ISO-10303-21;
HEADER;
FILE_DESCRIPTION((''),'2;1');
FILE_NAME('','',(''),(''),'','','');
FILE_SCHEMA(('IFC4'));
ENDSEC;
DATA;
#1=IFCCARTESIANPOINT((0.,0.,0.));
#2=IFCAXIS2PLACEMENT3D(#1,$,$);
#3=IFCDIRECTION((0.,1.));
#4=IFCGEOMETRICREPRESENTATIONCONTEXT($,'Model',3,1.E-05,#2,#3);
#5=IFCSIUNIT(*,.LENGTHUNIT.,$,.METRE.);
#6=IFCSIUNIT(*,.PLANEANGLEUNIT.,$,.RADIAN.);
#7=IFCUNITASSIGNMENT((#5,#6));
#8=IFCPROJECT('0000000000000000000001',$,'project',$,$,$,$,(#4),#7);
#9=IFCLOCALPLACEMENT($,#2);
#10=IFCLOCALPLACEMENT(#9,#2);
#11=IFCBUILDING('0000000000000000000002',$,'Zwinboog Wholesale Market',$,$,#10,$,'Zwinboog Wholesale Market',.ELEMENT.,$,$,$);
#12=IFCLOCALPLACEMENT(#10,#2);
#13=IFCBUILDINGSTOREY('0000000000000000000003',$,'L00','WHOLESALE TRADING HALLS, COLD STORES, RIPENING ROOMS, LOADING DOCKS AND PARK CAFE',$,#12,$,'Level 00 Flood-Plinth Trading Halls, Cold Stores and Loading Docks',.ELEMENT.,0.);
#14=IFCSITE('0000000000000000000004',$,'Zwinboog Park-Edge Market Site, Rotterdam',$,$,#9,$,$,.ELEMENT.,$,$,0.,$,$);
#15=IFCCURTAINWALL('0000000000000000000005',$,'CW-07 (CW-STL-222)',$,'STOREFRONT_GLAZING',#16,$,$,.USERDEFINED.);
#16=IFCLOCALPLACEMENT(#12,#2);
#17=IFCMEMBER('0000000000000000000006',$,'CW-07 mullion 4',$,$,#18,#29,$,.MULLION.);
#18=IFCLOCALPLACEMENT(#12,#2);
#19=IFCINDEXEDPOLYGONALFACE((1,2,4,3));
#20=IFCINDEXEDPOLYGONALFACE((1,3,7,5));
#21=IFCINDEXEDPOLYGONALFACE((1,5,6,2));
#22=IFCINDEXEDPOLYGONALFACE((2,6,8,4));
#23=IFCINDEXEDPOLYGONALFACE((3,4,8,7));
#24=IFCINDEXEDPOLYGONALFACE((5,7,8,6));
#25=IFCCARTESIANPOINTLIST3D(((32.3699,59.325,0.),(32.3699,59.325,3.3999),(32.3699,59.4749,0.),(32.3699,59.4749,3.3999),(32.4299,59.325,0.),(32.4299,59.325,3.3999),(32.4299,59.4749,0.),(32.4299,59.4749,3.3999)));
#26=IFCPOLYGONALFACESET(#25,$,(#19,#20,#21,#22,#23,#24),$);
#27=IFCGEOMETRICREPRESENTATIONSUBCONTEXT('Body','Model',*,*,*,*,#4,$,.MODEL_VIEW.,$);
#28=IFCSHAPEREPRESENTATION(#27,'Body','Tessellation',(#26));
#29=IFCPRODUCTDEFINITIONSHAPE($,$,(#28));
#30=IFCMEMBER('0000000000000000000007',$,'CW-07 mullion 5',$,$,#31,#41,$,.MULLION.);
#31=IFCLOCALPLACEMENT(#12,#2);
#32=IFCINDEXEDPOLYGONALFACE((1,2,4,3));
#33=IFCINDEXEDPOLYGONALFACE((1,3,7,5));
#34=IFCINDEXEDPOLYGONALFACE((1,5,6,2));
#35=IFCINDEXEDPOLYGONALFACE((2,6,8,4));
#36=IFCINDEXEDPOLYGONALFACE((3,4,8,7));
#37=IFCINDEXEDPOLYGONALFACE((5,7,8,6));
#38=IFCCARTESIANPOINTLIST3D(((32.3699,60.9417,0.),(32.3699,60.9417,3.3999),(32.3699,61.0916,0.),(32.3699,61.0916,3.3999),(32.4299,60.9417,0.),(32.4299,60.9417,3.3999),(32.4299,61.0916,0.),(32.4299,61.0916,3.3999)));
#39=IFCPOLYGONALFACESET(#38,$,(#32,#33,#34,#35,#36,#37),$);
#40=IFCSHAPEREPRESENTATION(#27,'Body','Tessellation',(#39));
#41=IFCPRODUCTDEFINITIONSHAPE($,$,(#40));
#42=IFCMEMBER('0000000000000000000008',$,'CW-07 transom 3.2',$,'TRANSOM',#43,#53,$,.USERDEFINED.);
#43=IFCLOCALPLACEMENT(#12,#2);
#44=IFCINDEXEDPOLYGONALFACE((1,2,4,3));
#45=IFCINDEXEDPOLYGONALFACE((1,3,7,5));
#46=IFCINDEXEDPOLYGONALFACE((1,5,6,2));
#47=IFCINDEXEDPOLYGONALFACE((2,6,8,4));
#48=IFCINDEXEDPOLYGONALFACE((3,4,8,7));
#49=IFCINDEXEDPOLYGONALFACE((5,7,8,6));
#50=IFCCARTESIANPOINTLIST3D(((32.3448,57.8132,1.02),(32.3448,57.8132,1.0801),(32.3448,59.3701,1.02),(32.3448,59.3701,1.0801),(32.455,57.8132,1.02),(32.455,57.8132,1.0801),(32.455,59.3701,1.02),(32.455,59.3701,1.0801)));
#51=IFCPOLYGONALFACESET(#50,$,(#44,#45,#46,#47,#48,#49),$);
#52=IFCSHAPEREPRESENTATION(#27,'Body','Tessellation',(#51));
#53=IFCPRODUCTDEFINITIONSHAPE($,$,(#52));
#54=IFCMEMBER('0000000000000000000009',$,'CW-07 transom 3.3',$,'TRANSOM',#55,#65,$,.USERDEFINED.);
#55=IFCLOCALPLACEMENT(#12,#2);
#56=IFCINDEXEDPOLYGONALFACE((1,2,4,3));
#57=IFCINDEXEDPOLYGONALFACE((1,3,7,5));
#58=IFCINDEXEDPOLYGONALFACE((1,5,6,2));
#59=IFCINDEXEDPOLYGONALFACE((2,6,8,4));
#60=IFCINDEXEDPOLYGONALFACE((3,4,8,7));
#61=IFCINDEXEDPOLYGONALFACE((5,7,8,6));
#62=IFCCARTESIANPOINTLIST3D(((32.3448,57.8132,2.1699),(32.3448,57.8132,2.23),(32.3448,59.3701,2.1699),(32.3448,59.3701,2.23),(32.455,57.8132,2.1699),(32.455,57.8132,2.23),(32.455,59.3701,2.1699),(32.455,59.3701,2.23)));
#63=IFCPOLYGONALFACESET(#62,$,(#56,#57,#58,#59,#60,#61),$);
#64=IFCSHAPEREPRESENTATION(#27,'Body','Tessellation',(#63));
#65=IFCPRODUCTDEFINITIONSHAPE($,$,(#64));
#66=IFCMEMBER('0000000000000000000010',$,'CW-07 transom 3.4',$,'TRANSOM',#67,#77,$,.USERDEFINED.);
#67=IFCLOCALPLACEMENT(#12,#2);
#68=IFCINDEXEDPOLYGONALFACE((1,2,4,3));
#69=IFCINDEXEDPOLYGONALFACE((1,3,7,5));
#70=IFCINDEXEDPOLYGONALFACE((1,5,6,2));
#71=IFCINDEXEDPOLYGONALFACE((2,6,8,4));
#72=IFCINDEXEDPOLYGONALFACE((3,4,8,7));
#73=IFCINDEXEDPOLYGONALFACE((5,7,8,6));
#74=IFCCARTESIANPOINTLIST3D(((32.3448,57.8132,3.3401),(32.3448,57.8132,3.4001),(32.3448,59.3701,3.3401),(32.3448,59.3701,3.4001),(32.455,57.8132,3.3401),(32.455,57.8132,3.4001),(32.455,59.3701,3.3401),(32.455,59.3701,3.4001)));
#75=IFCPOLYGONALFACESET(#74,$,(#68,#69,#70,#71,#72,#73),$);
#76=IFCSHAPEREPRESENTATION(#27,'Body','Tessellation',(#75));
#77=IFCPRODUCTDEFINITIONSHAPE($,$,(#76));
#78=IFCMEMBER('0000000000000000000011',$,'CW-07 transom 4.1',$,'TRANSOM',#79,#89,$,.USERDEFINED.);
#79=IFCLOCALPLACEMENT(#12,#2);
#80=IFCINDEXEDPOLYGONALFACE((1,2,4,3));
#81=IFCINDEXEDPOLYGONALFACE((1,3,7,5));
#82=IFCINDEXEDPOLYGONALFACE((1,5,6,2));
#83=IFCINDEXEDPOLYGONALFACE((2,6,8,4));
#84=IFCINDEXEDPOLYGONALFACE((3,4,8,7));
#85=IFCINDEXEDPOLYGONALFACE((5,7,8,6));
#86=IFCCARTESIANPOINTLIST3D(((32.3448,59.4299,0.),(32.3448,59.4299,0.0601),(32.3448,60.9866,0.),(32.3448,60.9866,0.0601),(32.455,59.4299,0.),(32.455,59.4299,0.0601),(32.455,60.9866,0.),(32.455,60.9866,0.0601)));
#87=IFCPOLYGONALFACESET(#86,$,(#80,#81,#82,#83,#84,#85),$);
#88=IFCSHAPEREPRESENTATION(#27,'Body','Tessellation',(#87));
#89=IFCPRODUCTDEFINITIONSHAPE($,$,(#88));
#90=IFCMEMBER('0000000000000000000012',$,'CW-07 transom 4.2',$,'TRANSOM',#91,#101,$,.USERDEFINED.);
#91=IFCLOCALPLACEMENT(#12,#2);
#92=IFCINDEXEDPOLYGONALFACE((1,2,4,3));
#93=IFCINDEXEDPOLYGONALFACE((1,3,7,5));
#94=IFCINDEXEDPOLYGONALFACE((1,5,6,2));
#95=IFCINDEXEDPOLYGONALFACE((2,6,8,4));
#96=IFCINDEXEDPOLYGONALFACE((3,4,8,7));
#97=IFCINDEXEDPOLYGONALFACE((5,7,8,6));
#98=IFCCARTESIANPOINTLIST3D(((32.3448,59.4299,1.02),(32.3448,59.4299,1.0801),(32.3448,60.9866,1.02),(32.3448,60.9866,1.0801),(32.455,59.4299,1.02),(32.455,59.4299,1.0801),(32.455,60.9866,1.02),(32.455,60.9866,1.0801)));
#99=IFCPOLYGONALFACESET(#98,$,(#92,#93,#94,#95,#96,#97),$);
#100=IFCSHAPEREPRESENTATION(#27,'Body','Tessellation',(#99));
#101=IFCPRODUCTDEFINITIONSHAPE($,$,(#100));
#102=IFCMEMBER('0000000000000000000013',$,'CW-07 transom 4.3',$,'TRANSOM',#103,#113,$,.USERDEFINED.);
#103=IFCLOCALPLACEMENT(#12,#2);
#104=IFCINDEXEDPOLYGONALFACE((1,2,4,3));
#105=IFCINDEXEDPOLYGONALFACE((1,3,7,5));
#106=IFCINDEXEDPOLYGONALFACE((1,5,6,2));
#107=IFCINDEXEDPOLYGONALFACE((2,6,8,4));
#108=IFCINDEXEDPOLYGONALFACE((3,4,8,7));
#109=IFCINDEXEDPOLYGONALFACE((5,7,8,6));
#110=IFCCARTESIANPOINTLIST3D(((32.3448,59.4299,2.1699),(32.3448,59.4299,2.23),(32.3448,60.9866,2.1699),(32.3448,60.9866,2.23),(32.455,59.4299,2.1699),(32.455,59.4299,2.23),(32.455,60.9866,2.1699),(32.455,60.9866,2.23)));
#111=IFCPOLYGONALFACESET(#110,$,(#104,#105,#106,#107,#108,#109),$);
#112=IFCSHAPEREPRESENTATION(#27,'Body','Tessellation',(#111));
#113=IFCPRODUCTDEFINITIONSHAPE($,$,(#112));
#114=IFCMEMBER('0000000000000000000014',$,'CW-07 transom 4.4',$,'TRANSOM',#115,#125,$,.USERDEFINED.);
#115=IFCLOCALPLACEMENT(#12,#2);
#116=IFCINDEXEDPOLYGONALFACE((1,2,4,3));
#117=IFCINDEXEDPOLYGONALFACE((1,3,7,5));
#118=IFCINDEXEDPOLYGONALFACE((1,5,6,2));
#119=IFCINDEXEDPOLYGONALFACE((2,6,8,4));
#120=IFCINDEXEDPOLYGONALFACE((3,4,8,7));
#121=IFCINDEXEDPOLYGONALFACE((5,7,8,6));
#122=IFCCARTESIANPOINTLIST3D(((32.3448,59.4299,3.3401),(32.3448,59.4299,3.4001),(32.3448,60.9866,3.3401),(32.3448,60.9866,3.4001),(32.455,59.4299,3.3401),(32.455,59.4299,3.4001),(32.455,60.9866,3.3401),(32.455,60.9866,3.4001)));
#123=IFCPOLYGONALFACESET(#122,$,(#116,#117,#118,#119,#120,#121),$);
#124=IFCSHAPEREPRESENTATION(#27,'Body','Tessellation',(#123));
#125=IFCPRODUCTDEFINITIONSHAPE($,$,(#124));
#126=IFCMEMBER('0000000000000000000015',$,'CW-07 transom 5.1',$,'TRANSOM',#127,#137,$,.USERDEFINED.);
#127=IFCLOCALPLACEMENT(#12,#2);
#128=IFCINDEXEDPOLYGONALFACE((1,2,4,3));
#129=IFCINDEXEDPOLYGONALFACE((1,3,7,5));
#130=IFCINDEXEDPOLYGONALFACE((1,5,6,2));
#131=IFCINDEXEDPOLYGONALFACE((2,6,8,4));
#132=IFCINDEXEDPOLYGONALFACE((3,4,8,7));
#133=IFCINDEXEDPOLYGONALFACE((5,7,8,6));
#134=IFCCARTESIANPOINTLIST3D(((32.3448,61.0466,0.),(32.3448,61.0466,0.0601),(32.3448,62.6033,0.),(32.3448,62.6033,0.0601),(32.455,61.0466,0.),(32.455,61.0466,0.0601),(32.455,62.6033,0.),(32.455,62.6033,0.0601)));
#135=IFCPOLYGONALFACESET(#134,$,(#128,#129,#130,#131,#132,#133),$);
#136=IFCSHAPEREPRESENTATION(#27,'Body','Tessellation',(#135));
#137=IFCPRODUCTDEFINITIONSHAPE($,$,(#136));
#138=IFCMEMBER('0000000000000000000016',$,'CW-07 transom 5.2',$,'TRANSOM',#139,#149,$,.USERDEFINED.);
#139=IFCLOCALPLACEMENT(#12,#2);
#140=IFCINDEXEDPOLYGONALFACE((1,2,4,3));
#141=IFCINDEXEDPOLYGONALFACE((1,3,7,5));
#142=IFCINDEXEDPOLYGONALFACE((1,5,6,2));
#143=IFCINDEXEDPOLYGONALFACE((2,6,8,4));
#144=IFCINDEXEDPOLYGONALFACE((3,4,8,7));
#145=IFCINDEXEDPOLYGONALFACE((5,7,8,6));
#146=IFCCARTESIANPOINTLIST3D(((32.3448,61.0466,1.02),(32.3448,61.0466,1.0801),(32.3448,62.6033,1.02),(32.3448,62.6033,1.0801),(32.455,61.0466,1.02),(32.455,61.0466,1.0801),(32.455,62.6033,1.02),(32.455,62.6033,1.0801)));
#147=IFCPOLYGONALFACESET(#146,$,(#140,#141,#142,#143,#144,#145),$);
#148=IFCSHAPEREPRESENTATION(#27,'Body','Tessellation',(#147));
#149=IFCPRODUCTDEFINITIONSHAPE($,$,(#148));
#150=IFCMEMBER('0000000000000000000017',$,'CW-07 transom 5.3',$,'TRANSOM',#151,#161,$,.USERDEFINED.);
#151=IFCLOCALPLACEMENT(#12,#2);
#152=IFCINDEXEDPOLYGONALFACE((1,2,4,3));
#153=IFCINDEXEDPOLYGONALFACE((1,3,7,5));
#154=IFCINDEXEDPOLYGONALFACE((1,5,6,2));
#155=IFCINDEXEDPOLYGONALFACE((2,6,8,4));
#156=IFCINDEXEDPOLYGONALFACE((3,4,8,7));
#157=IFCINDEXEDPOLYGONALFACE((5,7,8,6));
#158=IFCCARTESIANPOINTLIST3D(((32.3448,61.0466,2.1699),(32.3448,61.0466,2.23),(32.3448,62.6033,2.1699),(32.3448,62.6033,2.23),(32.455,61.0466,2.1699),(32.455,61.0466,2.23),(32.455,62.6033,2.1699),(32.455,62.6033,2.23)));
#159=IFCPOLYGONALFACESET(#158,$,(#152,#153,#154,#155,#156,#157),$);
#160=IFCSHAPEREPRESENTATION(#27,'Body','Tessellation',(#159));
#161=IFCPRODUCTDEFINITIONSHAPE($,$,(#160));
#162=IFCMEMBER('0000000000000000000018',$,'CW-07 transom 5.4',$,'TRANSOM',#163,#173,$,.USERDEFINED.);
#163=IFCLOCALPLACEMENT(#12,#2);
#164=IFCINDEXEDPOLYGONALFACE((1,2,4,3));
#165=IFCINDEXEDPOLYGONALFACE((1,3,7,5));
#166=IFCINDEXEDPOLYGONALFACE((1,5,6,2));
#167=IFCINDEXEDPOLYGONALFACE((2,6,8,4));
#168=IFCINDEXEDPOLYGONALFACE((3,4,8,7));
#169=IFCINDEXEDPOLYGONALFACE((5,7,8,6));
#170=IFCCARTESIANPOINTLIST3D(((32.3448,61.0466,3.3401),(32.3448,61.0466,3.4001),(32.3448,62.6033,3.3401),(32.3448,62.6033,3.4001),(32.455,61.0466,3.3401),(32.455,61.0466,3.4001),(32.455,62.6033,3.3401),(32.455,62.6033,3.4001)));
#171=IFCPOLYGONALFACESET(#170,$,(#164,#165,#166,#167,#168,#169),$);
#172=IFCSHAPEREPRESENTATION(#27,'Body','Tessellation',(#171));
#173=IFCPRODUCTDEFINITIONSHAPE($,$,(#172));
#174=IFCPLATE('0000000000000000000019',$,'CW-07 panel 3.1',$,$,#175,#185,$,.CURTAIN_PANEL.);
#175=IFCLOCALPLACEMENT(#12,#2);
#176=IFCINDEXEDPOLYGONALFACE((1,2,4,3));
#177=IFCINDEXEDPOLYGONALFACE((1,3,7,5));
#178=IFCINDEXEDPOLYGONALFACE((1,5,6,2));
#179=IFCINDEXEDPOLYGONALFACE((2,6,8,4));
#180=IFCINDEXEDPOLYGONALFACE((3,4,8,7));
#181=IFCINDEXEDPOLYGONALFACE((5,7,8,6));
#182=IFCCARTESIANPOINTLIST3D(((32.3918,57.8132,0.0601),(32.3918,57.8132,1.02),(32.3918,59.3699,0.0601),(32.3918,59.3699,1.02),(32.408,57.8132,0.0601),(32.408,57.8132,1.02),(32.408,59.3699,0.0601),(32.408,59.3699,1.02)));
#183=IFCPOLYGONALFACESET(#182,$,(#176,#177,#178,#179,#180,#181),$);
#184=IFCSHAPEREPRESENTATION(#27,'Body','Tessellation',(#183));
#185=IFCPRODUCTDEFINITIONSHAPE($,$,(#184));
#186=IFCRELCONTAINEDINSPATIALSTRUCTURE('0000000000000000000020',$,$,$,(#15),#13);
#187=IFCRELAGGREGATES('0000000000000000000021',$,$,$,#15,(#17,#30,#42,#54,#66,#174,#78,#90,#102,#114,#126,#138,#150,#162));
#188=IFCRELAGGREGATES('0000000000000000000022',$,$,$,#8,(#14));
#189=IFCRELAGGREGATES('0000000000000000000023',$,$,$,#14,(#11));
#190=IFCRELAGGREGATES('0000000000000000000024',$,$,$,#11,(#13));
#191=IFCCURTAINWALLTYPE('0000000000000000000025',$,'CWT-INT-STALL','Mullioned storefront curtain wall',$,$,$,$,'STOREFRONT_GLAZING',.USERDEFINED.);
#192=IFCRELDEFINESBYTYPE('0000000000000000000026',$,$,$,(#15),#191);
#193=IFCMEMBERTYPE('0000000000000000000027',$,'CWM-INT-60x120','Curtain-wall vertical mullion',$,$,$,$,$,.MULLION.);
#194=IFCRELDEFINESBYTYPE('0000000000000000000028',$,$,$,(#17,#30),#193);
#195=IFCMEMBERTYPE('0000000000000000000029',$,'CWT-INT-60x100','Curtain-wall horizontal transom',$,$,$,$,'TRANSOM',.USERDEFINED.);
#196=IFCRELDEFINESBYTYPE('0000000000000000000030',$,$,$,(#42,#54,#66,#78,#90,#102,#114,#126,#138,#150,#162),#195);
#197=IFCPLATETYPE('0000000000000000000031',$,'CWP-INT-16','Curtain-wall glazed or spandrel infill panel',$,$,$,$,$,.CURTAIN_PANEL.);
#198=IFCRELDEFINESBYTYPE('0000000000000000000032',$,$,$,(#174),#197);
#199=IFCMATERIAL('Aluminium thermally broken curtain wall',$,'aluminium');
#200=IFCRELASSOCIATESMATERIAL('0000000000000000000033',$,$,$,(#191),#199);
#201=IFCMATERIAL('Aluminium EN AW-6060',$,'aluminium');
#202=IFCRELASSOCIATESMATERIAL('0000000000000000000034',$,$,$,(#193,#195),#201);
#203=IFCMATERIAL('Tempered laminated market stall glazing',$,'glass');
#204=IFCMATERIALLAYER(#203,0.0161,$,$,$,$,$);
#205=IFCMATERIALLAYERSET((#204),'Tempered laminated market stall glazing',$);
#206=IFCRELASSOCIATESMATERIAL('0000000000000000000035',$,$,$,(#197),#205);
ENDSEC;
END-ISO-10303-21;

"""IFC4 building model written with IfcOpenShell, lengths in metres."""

from ifc_helpers import new_model, si_unit, direction, frame, origin, origin_2d, place, context, subcontext, project, spatial, rectangle, extrude, material, layer, layer_set, material_profile, profile_set, type_object, element, aggregate, save


model = new_model("IFC4")

# Units and contexts
model_context = context("Model", 3, precision=1e-05, world=origin(), true_north=direction((0.0, 1.0)))
body_context = subcontext(model_context, "Body", "Model", "MODEL_VIEW")
ifc_project = project(units=[si_unit("LENGTHUNIT", "METRE"), si_unit("PLANEANGLEUNIT", "RADIAN")], contexts=[model_context])

# Site, building, storey
site_placement = place(None, origin())
site = spatial("IfcSite", under=ifc_project, at=site_placement, Name="Zwinboog Park-Edge Market Site, Rotterdam", CompositionType="ELEMENT", RefElevation=0.0)
building_placement = place(site_placement, origin())
building = spatial("IfcBuilding", under=site, at=building_placement, Name="Zwinboog Wholesale Market", LongName="Zwinboog Wholesale Market", CompositionType="ELEMENT")
storey_placement = place(building_placement, origin())
storey = spatial("IfcBuildingStorey", under=building, at=storey_placement, Name="L00", Description="WHOLESALE TRADING HALLS, COLD STORES, RIPENING ROOMS, LOADING DOCKS AND PARK CAFE", LongName="Level 00 Flood-Plinth Trading Halls, Cold Stores and Loading Docks", CompositionType="ELEMENT", Elevation=0.0)

# Curtain wall, members, plate
ifc_material_1 = material(Name="Aluminium thermally broken curtain wall", Category="aluminium")
curtain_wall_type = type_object("IfcCurtainWallType", Name="CWT-INT-STALL", Description="Mullioned storefront curtain wall", ElementType="STOREFRONT_GLAZING", PredefinedType="USERDEFINED", material=ifc_material_1)
curtain_wall_placement = place(storey_placement, origin())
curtain_wall = element("IfcCurtainWall", 1, at=curtain_wall_placement, inside=storey, type_object=curtain_wall_type, Name="CW-07 (CW-STL-222)", ObjectType="STOREFRONT_GLAZING", PredefinedType="USERDEFINED")
ifc_material_2 = material(Name="Aluminium EN AW-6060", Category="aluminium")
ifc_material_profile_1 = material_profile(ifc_material_2, rectangle(XDim=0.0601, YDim=0.1499, at=origin_2d()), Name="AL 60x150")
ifc_profile_set_1 = profile_set([ifc_material_profile_1], Name="Aluminium EN AW-6060")
member_type_1 = type_object("IfcMemberType", Name="CWM-INT-60x120", Description="Curtain-wall vertical mullion", PredefinedType="MULLION", material=ifc_profile_set_1)
member_1_placement = place(storey_placement, frame((32.3999, 59.3999, 0.0), z_axis=(0.0, 0.0, 1.0), x_axis=(-1.0, 0.0, 0.0)))
member_1 = element("IfcMember", 2, at=member_1_placement, type_object=member_type_1, Name="CW-07 mullion 4", PredefinedType="MULLION", context=body_context, shape_type="SweptSolid", body=[
    extrude(rectangle(XDim=0.0601, YDim=0.1499, at=origin_2d()), origin(), (0.0, 0.0, 1.0), 3.3999),
])
member_2_placement = place(storey_placement, frame((32.3999, 61.0166, 0.0), z_axis=(0.0, 0.0, 1.0), x_axis=(-1.0, 0.0, 0.0)))
member_2 = element("IfcMember", 3, at=member_2_placement, type_object=member_type_1, Name="CW-07 mullion 5", PredefinedType="MULLION", context=body_context, shape_type="SweptSolid", body=[
    extrude(rectangle(XDim=0.0601, YDim=0.1499, at=origin_2d()), origin(), (0.0, 0.0, 1.0), 3.3999),
])
ifc_material_profile_2 = material_profile(ifc_material_2, rectangle(XDim=0.1101, YDim=0.0601, at=origin_2d()), Name="AL 60x110")
ifc_profile_set_2 = profile_set([ifc_material_profile_2], Name="Aluminium EN AW-6060")
member_type_2 = type_object("IfcMemberType", Name="CWT-INT-60x100", Description="Curtain-wall horizontal transom", ElementType="TRANSOM", PredefinedType="USERDEFINED", material=ifc_profile_set_2)
member_3_placement = place(storey_placement, frame((32.3999, 57.8132, 1.05), z_axis=(0.0, 1.0, 0.0), x_axis=(-1.0, 0.0, 0.0)))
member_3 = element("IfcMember", 4, at=member_3_placement, type_object=member_type_2, Name="CW-07 transom 3.2", ObjectType="TRANSOM", PredefinedType="USERDEFINED", context=body_context, shape_type="SweptSolid", body=[
    extrude(rectangle(XDim=0.1101, YDim=0.0601, at=origin_2d()), origin(), (0.0, 0.0, 1.0), 1.5569),
])
member_4_placement = place(storey_placement, frame((32.3999, 57.8132, 2.2), z_axis=(0.0, 1.0, 0.0), x_axis=(-1.0, 0.0, 0.0)))
member_4 = element("IfcMember", 5, at=member_4_placement, type_object=member_type_2, Name="CW-07 transom 3.3", ObjectType="TRANSOM", PredefinedType="USERDEFINED", context=body_context, shape_type="SweptSolid", body=[
    extrude(rectangle(XDim=0.1101, YDim=0.0601, at=origin_2d()), origin(), (0.0, 0.0, 1.0), 1.5569),
])
member_5_placement = place(storey_placement, frame((32.3999, 57.8132, 3.3701), z_axis=(0.0, 1.0, 0.0), x_axis=(-1.0, 0.0, 0.0)))
member_5 = element("IfcMember", 6, at=member_5_placement, type_object=member_type_2, Name="CW-07 transom 3.4", ObjectType="TRANSOM", PredefinedType="USERDEFINED", context=body_context, shape_type="SweptSolid", body=[
    extrude(rectangle(XDim=0.1101, YDim=0.0601, at=origin_2d()), origin(), (0.0, 0.0, 1.0), 1.5569),
])
member_6_placement = place(storey_placement, frame((32.3999, 59.4299, 0.03), z_axis=(0.0, 1.0, 0.0), x_axis=(-1.0, 0.0, 0.0)))
member_6 = element("IfcMember", 7, at=member_6_placement, type_object=member_type_2, Name="CW-07 transom 4.1", ObjectType="TRANSOM", PredefinedType="USERDEFINED", context=body_context, shape_type="SweptSolid", body=[
    extrude(rectangle(XDim=0.1101, YDim=0.0601, at=origin_2d()), origin(), (0.0, 0.0, 1.0), 1.5566),
])
member_7_placement = place(storey_placement, frame((32.3999, 59.4299, 1.05), z_axis=(0.0, 1.0, 0.0), x_axis=(-1.0, 0.0, 0.0)))
member_7 = element("IfcMember", 8, at=member_7_placement, type_object=member_type_2, Name="CW-07 transom 4.2", ObjectType="TRANSOM", PredefinedType="USERDEFINED", context=body_context, shape_type="SweptSolid", body=[
    extrude(rectangle(XDim=0.1101, YDim=0.0601, at=origin_2d()), origin(), (0.0, 0.0, 1.0), 1.5566),
])
member_8_placement = place(storey_placement, frame((32.3999, 59.4299, 2.2), z_axis=(0.0, 1.0, 0.0), x_axis=(-1.0, 0.0, 0.0)))
member_8 = element("IfcMember", 9, at=member_8_placement, type_object=member_type_2, Name="CW-07 transom 4.3", ObjectType="TRANSOM", PredefinedType="USERDEFINED", context=body_context, shape_type="SweptSolid", body=[
    extrude(rectangle(XDim=0.1101, YDim=0.0601, at=origin_2d()), origin(), (0.0, 0.0, 1.0), 1.5566),
])
member_9_placement = place(storey_placement, frame((32.3999, 59.4299, 3.3701), z_axis=(0.0, 1.0, 0.0), x_axis=(-1.0, 0.0, 0.0)))
member_9 = element("IfcMember", 10, at=member_9_placement, type_object=member_type_2, Name="CW-07 transom 4.4", ObjectType="TRANSOM", PredefinedType="USERDEFINED", context=body_context, shape_type="SweptSolid", body=[
    extrude(rectangle(XDim=0.1101, YDim=0.0601, at=origin_2d()), origin(), (0.0, 0.0, 1.0), 1.5566),
])
member_10_placement = place(storey_placement, frame((32.3999, 61.0466, 0.03), z_axis=(0.0, 1.0, 0.0), x_axis=(-1.0, 0.0, 0.0)))
member_10 = element("IfcMember", 11, at=member_10_placement, type_object=member_type_2, Name="CW-07 transom 5.1", ObjectType="TRANSOM", PredefinedType="USERDEFINED", context=body_context, shape_type="SweptSolid", body=[
    extrude(rectangle(XDim=0.1101, YDim=0.0601, at=origin_2d()), origin(), (0.0, 0.0, 1.0), 1.5566),
])
member_11_placement = place(storey_placement, frame((32.3999, 61.0466, 1.05), z_axis=(0.0, 1.0, 0.0), x_axis=(-1.0, 0.0, 0.0)))
member_11 = element("IfcMember", 12, at=member_11_placement, type_object=member_type_2, Name="CW-07 transom 5.2", ObjectType="TRANSOM", PredefinedType="USERDEFINED", context=body_context, shape_type="SweptSolid", body=[
    extrude(rectangle(XDim=0.1101, YDim=0.0601, at=origin_2d()), origin(), (0.0, 0.0, 1.0), 1.5566),
])
member_12_placement = place(storey_placement, frame((32.3999, 61.0466, 2.2), z_axis=(0.0, 1.0, 0.0), x_axis=(-1.0, 0.0, 0.0)))
member_12 = element("IfcMember", 13, at=member_12_placement, type_object=member_type_2, Name="CW-07 transom 5.3", ObjectType="TRANSOM", PredefinedType="USERDEFINED", context=body_context, shape_type="SweptSolid", body=[
    extrude(rectangle(XDim=0.1101, YDim=0.0601, at=origin_2d()), origin(), (0.0, 0.0, 1.0), 1.5566),
])
member_13_placement = place(storey_placement, frame((32.3999, 61.0466, 3.3701), z_axis=(0.0, 1.0, 0.0), x_axis=(-1.0, 0.0, 0.0)))
member_13 = element("IfcMember", 14, at=member_13_placement, type_object=member_type_2, Name="CW-07 transom 5.4", ObjectType="TRANSOM", PredefinedType="USERDEFINED", context=body_context, shape_type="SweptSolid", body=[
    extrude(rectangle(XDim=0.1101, YDim=0.0601, at=origin_2d()), origin(), (0.0, 0.0, 1.0), 1.5566),
])
ifc_material_3 = material(Name="Tempered laminated market stall glazing", Category="glass")
ifc_layer = layer(ifc_material_3, 0.0161)
ifc_layer_set = layer_set([ifc_layer], Name="Tempered laminated market stall glazing")
plate_type = type_object("IfcPlateType", Name="CWP-INT-16", Description="Curtain-wall glazed or spandrel infill panel", PredefinedType="CURTAIN_PANEL", material=ifc_layer_set)
plate_1_placement = place(storey_placement, frame((32.3999, 58.5916, 0.0601), z_axis=(0.0, 0.0, 1.0), x_axis=(0.0, 1.0, 0.0)))
plate_1 = element("IfcPlate", 15, at=plate_1_placement, type_object=plate_type, Name="CW-07 panel 3.1", PredefinedType="CURTAIN_PANEL", context=body_context, shape_type="SweptSolid", body=[
    extrude(rectangle(XDim=1.5566, YDim=0.0161, at=origin_2d()), origin(), (0.0, 0.0, 1.0), 0.96),
])
aggregate(curtain_wall, [member_1, member_2, member_3, member_4, member_5, plate_1, member_6, member_7, member_8, member_9, member_10, member_11, member_12, member_13])

save(model, "model.ifc")
